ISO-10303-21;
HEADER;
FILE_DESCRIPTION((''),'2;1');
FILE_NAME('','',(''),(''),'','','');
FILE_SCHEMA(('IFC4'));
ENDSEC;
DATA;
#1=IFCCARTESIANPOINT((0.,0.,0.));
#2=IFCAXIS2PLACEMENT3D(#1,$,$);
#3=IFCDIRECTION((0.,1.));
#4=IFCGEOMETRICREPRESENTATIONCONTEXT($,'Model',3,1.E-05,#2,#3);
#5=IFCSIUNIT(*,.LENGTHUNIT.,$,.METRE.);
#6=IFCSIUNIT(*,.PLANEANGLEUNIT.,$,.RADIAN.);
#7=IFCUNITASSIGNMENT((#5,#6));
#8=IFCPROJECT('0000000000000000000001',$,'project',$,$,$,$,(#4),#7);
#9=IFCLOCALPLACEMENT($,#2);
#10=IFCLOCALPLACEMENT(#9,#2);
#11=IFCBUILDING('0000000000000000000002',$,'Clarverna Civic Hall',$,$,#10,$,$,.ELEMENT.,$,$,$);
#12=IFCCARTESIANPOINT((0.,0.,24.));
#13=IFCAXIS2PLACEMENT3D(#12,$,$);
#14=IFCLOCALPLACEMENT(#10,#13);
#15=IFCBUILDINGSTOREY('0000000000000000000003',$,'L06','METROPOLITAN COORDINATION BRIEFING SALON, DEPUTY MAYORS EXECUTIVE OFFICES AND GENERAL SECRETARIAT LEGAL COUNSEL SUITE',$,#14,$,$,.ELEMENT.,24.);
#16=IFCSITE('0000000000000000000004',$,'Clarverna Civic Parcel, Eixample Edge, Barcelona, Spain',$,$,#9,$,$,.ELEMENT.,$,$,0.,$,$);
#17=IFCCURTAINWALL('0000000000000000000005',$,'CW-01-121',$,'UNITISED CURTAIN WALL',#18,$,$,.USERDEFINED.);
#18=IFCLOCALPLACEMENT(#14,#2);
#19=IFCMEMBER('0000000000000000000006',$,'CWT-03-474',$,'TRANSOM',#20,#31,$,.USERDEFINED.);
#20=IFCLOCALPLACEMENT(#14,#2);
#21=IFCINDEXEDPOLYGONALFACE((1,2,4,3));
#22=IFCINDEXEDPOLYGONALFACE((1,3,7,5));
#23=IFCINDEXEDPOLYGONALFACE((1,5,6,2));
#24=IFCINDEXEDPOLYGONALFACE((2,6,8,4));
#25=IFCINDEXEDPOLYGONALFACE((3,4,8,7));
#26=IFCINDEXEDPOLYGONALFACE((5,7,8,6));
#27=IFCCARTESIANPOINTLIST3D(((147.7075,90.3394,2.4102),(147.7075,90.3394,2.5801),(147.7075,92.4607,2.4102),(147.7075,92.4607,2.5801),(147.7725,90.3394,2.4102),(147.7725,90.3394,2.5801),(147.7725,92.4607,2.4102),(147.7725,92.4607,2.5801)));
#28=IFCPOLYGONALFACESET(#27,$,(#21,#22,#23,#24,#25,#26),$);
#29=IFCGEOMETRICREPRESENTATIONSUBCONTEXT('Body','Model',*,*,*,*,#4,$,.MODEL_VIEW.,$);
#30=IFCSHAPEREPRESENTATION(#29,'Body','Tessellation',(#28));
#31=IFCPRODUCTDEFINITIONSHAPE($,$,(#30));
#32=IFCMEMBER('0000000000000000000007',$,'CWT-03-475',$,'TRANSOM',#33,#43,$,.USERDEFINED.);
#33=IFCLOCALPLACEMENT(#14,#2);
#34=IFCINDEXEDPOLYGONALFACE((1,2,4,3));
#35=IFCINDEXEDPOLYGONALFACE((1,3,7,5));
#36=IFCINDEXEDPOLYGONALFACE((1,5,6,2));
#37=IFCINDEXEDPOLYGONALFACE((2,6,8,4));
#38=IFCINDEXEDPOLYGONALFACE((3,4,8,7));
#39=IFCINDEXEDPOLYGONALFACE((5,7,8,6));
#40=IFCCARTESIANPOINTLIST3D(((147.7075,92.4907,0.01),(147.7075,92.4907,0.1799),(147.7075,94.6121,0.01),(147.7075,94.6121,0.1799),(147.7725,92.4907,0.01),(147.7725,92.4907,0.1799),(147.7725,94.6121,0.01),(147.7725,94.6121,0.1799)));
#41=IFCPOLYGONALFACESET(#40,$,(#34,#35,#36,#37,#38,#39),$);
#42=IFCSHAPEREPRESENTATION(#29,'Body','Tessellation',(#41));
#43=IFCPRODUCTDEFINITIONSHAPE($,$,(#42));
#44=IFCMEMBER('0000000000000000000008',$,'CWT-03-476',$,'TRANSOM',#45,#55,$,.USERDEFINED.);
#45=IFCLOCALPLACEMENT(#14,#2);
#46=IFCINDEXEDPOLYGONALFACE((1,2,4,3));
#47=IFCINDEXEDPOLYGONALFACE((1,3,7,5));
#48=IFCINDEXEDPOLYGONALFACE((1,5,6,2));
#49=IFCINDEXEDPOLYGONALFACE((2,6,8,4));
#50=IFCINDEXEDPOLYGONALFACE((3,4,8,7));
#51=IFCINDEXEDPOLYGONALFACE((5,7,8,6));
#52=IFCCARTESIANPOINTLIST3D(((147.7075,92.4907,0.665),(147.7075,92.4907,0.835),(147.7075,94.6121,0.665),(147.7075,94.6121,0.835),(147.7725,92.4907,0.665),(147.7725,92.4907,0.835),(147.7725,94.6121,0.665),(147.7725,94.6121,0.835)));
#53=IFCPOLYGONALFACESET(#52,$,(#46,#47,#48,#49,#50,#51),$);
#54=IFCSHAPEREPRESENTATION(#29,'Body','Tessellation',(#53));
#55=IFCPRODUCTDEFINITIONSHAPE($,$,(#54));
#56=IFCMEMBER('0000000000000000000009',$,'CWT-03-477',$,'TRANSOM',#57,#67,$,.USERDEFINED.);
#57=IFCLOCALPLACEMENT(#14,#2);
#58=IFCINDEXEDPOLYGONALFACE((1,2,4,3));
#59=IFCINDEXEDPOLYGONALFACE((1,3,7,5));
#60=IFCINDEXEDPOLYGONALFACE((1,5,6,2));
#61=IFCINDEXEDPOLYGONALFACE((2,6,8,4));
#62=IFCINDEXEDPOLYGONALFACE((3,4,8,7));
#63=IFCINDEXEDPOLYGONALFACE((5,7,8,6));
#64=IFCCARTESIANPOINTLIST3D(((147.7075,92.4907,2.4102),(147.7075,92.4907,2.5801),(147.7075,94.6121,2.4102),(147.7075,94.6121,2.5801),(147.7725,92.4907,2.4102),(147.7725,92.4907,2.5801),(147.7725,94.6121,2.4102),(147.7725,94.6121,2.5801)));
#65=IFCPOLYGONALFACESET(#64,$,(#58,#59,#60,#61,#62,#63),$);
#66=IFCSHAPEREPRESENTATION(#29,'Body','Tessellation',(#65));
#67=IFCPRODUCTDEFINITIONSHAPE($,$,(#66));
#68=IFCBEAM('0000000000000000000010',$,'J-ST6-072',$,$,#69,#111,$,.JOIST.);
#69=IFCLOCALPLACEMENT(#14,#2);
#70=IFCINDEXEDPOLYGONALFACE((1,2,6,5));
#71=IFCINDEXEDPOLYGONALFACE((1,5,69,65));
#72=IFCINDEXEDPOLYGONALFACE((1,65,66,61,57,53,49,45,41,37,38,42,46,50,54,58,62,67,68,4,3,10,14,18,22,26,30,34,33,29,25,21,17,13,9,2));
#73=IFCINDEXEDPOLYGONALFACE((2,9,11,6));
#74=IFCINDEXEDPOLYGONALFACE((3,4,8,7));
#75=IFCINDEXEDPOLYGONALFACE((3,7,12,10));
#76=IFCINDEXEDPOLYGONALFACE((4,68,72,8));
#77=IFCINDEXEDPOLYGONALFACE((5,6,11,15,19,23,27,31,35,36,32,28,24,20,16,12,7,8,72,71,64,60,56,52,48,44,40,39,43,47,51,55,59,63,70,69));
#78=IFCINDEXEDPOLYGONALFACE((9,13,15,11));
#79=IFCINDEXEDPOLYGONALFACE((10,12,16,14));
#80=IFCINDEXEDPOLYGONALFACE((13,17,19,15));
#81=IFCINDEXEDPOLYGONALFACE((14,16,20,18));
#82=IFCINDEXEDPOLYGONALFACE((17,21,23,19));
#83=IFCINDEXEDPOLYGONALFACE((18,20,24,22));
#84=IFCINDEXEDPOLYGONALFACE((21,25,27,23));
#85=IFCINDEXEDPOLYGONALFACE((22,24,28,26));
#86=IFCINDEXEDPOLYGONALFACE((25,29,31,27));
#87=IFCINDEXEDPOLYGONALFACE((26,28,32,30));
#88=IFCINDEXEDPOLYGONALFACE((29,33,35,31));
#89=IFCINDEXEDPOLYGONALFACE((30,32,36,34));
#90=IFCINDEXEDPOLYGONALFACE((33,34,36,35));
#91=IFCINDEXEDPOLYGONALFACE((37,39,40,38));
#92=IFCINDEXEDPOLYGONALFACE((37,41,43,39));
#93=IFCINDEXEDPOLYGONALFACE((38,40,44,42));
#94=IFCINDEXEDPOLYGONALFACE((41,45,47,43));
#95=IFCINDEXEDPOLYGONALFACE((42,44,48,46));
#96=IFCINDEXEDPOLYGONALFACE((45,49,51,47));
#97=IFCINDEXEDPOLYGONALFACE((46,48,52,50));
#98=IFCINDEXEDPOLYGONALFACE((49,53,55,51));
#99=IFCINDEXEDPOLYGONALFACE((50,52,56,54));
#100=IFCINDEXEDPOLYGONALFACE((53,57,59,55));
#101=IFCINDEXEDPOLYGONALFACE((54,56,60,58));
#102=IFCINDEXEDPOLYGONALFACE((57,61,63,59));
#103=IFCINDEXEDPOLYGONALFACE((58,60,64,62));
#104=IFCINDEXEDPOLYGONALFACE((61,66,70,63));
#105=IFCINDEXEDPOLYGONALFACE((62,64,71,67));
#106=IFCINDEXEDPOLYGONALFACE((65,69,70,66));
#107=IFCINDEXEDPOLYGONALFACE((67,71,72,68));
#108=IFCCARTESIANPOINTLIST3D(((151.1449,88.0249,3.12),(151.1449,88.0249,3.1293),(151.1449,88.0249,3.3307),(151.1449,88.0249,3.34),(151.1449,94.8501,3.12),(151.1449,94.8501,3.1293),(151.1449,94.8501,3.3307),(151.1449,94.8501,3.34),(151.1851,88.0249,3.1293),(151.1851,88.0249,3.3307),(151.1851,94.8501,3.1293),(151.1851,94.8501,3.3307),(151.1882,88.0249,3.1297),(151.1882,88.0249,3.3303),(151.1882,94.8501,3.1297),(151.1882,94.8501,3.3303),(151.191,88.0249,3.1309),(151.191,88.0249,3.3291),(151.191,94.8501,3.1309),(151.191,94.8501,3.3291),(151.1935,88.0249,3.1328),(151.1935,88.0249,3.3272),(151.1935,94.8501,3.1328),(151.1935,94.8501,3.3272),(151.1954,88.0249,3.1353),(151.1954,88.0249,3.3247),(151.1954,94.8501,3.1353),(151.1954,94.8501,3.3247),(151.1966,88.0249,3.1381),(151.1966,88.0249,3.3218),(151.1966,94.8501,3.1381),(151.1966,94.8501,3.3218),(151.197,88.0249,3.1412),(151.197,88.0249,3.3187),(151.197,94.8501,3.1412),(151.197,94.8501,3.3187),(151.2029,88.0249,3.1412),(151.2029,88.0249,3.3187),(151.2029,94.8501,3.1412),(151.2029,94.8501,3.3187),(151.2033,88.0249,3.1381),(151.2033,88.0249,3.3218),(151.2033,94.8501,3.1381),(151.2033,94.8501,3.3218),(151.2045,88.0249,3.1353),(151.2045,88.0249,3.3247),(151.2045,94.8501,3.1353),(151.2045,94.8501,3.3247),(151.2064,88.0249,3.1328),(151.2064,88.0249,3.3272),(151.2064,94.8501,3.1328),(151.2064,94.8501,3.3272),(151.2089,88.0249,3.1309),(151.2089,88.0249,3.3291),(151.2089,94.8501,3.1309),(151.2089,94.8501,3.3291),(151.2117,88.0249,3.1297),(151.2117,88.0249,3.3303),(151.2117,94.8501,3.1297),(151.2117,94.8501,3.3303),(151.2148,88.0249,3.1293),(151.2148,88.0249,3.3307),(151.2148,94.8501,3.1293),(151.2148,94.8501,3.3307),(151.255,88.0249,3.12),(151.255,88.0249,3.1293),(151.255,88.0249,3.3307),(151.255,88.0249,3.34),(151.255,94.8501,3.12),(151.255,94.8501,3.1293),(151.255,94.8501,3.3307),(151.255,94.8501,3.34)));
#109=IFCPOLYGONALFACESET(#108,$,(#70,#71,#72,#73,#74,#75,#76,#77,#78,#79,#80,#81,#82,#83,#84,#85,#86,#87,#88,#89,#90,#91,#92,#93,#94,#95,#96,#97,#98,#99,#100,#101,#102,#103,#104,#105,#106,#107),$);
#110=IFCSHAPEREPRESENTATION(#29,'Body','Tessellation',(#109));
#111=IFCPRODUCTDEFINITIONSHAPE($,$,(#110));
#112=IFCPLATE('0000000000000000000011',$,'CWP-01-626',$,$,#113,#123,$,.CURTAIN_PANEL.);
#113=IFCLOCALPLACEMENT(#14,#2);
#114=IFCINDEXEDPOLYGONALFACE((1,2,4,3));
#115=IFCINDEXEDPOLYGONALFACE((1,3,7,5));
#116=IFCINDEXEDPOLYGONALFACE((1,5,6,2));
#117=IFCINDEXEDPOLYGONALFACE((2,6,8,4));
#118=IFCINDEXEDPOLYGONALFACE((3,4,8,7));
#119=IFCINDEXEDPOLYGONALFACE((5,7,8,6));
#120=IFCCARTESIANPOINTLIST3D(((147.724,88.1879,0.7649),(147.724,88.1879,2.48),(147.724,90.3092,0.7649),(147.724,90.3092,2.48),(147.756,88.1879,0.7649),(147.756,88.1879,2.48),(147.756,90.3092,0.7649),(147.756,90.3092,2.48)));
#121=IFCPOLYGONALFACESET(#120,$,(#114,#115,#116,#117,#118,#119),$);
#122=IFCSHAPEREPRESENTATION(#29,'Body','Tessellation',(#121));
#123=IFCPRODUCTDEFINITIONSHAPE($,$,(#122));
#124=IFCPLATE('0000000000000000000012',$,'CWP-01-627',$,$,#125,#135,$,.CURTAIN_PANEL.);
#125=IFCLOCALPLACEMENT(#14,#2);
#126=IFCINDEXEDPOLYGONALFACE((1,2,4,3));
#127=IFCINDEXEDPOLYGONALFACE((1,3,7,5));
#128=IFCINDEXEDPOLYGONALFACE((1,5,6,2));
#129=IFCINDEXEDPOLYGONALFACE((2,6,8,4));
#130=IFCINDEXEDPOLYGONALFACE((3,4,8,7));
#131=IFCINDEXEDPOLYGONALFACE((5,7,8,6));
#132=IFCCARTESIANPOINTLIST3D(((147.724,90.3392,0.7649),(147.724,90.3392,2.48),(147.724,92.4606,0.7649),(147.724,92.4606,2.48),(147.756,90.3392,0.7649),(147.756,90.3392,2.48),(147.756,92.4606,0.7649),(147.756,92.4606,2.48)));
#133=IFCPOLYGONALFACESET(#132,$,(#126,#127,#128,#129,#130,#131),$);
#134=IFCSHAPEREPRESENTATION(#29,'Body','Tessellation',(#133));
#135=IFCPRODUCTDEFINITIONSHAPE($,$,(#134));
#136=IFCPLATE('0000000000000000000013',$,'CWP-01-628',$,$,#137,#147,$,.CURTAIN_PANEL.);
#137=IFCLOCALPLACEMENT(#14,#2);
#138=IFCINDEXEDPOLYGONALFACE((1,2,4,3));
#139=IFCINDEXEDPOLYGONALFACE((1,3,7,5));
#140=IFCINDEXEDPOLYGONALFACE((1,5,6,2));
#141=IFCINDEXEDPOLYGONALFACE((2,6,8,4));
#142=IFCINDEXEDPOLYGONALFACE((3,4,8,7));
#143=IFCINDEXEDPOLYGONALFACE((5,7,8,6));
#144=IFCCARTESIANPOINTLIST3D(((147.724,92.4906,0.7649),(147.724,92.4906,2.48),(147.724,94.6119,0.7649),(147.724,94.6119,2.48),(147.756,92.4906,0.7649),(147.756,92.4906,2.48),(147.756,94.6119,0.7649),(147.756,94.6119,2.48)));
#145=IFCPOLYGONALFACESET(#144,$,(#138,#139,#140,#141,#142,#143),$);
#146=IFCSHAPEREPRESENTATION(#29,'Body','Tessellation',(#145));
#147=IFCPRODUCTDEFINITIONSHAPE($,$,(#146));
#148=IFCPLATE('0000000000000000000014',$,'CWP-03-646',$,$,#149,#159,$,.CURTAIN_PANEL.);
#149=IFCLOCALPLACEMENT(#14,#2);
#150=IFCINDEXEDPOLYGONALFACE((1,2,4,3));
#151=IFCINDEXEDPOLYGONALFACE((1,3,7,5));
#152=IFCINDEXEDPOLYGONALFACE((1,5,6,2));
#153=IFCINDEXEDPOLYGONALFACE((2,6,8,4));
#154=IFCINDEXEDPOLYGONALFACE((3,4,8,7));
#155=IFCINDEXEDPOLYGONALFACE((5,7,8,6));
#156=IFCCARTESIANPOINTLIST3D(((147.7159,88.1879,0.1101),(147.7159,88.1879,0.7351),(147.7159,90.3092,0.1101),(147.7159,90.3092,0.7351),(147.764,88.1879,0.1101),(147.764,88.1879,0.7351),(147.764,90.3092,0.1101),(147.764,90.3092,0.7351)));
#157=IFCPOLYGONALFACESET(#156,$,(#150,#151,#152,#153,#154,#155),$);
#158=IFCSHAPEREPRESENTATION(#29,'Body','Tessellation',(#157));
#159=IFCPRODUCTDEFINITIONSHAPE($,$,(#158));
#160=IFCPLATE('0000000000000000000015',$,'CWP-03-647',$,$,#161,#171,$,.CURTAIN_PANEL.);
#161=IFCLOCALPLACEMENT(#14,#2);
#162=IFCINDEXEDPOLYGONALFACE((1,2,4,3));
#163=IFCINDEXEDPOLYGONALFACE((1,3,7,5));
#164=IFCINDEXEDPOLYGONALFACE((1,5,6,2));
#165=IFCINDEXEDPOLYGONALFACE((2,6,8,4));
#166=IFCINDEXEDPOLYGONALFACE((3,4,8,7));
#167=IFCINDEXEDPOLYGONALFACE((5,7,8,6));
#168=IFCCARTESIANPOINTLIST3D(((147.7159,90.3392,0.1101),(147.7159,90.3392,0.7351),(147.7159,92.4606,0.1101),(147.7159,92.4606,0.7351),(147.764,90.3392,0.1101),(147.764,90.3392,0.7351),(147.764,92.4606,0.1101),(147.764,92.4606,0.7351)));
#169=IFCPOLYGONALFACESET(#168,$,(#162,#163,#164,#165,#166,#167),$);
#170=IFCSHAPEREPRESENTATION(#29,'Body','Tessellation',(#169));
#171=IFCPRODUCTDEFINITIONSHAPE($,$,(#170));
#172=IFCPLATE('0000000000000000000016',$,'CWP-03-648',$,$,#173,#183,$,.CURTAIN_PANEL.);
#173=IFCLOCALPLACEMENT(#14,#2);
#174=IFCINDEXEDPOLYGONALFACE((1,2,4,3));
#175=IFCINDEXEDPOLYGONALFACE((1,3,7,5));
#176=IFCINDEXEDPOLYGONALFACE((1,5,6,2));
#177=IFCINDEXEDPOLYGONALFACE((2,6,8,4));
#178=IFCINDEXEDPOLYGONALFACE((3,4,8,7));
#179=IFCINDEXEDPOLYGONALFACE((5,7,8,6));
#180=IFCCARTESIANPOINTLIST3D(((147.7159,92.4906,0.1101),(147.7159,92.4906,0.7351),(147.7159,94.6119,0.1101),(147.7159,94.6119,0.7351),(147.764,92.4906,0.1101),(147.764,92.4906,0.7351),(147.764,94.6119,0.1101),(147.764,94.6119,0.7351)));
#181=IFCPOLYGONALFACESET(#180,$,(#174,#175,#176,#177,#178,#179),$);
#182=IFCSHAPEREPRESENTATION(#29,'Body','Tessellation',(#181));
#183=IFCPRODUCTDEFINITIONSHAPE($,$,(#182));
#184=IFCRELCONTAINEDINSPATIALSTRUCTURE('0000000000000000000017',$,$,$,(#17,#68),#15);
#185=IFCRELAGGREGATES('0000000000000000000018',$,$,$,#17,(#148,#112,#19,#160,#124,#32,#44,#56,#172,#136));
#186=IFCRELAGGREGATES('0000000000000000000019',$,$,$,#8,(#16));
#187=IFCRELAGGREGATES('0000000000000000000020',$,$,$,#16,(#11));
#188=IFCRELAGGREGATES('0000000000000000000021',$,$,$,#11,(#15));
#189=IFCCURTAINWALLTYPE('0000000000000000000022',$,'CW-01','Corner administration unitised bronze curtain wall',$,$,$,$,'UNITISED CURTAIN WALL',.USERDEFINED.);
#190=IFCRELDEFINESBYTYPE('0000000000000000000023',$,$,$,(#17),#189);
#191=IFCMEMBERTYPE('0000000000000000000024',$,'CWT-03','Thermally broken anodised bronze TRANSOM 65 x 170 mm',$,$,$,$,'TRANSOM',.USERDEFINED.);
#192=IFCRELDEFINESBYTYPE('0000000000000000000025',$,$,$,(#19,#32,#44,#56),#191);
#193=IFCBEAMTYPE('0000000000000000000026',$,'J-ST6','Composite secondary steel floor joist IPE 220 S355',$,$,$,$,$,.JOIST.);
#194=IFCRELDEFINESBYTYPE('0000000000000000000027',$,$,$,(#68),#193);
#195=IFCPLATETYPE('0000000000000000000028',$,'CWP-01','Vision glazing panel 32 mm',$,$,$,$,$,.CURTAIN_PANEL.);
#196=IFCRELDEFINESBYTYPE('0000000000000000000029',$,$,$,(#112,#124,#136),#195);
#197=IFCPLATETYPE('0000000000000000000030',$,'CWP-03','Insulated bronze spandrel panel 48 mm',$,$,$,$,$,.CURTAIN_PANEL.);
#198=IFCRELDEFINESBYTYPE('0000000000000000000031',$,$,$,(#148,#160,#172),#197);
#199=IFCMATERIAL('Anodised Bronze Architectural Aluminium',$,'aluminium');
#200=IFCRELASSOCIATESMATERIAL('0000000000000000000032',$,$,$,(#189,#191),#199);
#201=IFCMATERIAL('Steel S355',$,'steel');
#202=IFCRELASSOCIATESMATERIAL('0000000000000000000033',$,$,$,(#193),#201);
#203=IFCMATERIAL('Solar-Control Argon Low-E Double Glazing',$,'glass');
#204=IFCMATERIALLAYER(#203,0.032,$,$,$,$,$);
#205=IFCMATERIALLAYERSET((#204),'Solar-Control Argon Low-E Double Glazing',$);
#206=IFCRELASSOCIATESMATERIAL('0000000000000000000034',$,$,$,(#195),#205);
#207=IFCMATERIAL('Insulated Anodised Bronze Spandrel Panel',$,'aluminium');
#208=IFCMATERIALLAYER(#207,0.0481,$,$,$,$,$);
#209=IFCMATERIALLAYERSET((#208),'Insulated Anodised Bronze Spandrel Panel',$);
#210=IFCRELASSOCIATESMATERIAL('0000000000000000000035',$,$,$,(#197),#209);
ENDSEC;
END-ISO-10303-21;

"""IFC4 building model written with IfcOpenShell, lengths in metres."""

from ifc_helpers import new_model, si_unit, direction, frame, frame_2d, origin, origin_2d, place, context, subcontext, project, spatial, rectangle, i_section, extrude, material, layer, layer_set, material_profile, profile_set, type_object, element, aggregate, save


model = new_model("IFC4")

# Units and contexts
model_context = context("Model", 3, precision=1e-05, world=origin(), true_north=direction((0.0, 1.0)))
body_context = subcontext(model_context, "Body", "Model", "MODEL_VIEW")
ifc_project = project(units=[si_unit("LENGTHUNIT", "METRE"), si_unit("PLANEANGLEUNIT", "RADIAN")], contexts=[model_context])

# Site, building, storey
site_placement = place(None, origin())
site = spatial("IfcSite", under=ifc_project, at=site_placement, Name="Clarverna Civic Parcel, Eixample Edge, Barcelona, Spain", CompositionType="ELEMENT", RefElevation=0.0)
building_placement = place(site_placement, origin())
building = spatial("IfcBuilding", under=site, at=building_placement, Name="Clarverna Civic Hall", CompositionType="ELEMENT")
storey_placement = place(building_placement, frame((0.0, 0.0, 24.0)))
storey = spatial("IfcBuildingStorey", under=building, at=storey_placement, Name="L06", Description="METROPOLITAN COORDINATION BRIEFING SALON, DEPUTY MAYORS EXECUTIVE OFFICES AND GENERAL SECRETARIAT LEGAL COUNSEL SUITE", CompositionType="ELEMENT", Elevation=24.0)

# Shared definitions
ifc_material_1 = material(Name="Steel S355", Category="steel")

# Curtain wall, members
ifc_material_2 = material(Name="Anodised Bronze Architectural Aluminium", Category="aluminium")
curtain_wall_type = type_object("IfcCurtainWallType", Name="CW-01", Description="Corner administration unitised bronze curtain wall", ElementType="UNITISED CURTAIN WALL", PredefinedType="USERDEFINED", material=ifc_material_2)
curtain_wall_placement = place(storey_placement, origin())
curtain_wall = element("IfcCurtainWall", 1, at=curtain_wall_placement, inside=storey, type_object=curtain_wall_type, Name="CW-01-121", ObjectType="UNITISED CURTAIN WALL", PredefinedType="USERDEFINED")
ifc_material_profile_1 = material_profile(ifc_material_2, rectangle(XDim=0.0649, YDim=0.1699, at=origin_2d()), Name="BRONZE 65x170")
ifc_profile_set_1 = profile_set([ifc_material_profile_1], Name="Anodised Bronze Architectural Aluminium")
member_type_1 = type_object("IfcMemberType", Name="CWT-03", Description="Thermally broken anodised bronze TRANSOM 65 x 170 mm", ElementType="TRANSOM", PredefinedType="USERDEFINED", material=ifc_profile_set_1)
member_1_placement = place(storey_placement, frame((147.74, 90.3394, 2.4951), z_axis=(0.0, 1.0, 0.0), x_axis=(-1.0, 0.0, 0.0)))
member_1 = element("IfcMember", 2, at=member_1_placement, type_object=member_type_1, Name="CWT-03-474", ObjectType="TRANSOM", PredefinedType="USERDEFINED", context=body_context, shape_type="SweptSolid", body=[
    extrude(rectangle(XDim=0.0649, YDim=0.1699, at=origin_2d()), origin(), (0.0, 0.0, 1.0), 2.1213),
])
member_2_placement = place(storey_placement, frame((147.74, 92.4907, 0.095), z_axis=(0.0, 1.0, 0.0), x_axis=(-1.0, 0.0, 0.0)))
member_2 = element("IfcMember", 3, at=member_2_placement, type_object=member_type_1, Name="CWT-03-475", ObjectType="TRANSOM", PredefinedType="USERDEFINED", context=body_context, shape_type="SweptSolid", body=[
    extrude(rectangle(XDim=0.0649, YDim=0.1699, at=origin_2d()), origin(), (0.0, 0.0, 1.0), 2.1213),
])
member_3_placement = place(storey_placement, frame((147.74, 92.4907, 0.75), z_axis=(0.0, 1.0, 0.0), x_axis=(-1.0, 0.0, 0.0)))
member_3 = element("IfcMember", 4, at=member_3_placement, type_object=member_type_1, Name="CWT-03-476", ObjectType="TRANSOM", PredefinedType="USERDEFINED", context=body_context, shape_type="SweptSolid", body=[
    extrude(rectangle(XDim=0.0649, YDim=0.1699, at=origin_2d()), origin(), (0.0, 0.0, 1.0), 2.1213),
])
member_4_placement = place(storey_placement, frame((147.74, 92.4907, 2.4951), z_axis=(0.0, 1.0, 0.0), x_axis=(-1.0, 0.0, 0.0)))
member_4 = element("IfcMember", 5, at=member_4_placement, type_object=member_type_1, Name="CWT-03-477", ObjectType="TRANSOM", PredefinedType="USERDEFINED", context=body_context, shape_type="SweptSolid", body=[
    extrude(rectangle(XDim=0.0649, YDim=0.1699, at=origin_2d()), origin(), (0.0, 0.0, 1.0), 2.1213),
])

# Beam
ifc_material_profile_2 = material_profile(ifc_material_1, i_section(OverallWidth=0.1101, OverallDepth=0.22, WebThickness=0.0059, FlangeThickness=0.0093, FilletRadius=0.012, at=origin_2d()), Name="IPE 220")
ifc_profile_set_2 = profile_set([ifc_material_profile_2], Name="Steel S355")
beam_type_1 = type_object("IfcBeamType", Name="J-ST6", Description="Composite secondary steel floor joist IPE 220 S355", PredefinedType="JOIST", material=ifc_profile_set_2)
beam_1_placement = place(storey_placement, frame((151.2, 88.0249, 3.23), z_axis=(0.0, 1.0, 0.0), x_axis=(-1.0, 0.0, 0.0)))
element("IfcBeam", 6, at=beam_1_placement, inside=storey, type_object=beam_type_1, Name="J-ST6-072", PredefinedType="JOIST", context=body_context, shape_type="SweptSolid", body=[
    extrude(i_section(OverallWidth=0.1101, OverallDepth=0.22, WebThickness=0.0059, FlangeThickness=0.0093, FilletRadius=0.012, at=origin_2d()), origin(), (0.0, 0.0, 1.0), 6.8252),
])

# Plates
ifc_material_3 = material(Name="Solar-Control Argon Low-E Double Glazing", Category="glass")
ifc_layer_1 = layer(ifc_material_3, 0.032)
ifc_layer_set_1 = layer_set([ifc_layer_1], Name="Solar-Control Argon Low-E Double Glazing")
plate_type_1 = type_object("IfcPlateType", Name="CWP-01", Description="Vision glazing panel 32 mm", PredefinedType="CURTAIN_PANEL", material=ifc_layer_set_1)
plate_1_placement = place(storey_placement, frame((147.74, 88.188, 0.7649), z_axis=(0.0, 0.0, 1.0), x_axis=(0.0, 1.0, 0.0)))
plate_1 = element("IfcPlate", 7, at=plate_1_placement, type_object=plate_type_1, Name="CWP-01-626", PredefinedType="CURTAIN_PANEL", context=body_context, shape_type="SweptSolid", body=[
    extrude(rectangle(XDim=2.1213, YDim=0.032, at=frame_2d((1.0605, 0.0))), origin(), (0.0, 0.0, 1.0), 1.7151),
])
plate_2_placement = place(storey_placement, frame((147.74, 90.3394, 0.7649), z_axis=(0.0, 0.0, 1.0), x_axis=(0.0, 1.0, 0.0)))
plate_2 = element("IfcPlate", 8, at=plate_2_placement, type_object=plate_type_1, Name="CWP-01-627", PredefinedType="CURTAIN_PANEL", context=body_context, shape_type="SweptSolid", body=[
    extrude(rectangle(XDim=2.1213, YDim=0.032, at=frame_2d((1.0605, 0.0))), origin(), (0.0, 0.0, 1.0), 1.7151),
])
plate_3_placement = place(storey_placement, frame((147.74, 92.4907, 0.7649), z_axis=(0.0, 0.0, 1.0), x_axis=(0.0, 1.0, 0.0)))
plate_3 = element("IfcPlate", 9, at=plate_3_placement, type_object=plate_type_1, Name="CWP-01-628", PredefinedType="CURTAIN_PANEL", context=body_context, shape_type="SweptSolid", body=[
    extrude(rectangle(XDim=2.1213, YDim=0.032, at=frame_2d((1.0605, 0.0))), origin(), (0.0, 0.0, 1.0), 1.7151),
])
ifc_material_4 = material(Name="Insulated Anodised Bronze Spandrel Panel", Category="aluminium")
ifc_layer_2 = layer(ifc_material_4, 0.0481)
ifc_layer_set_2 = layer_set([ifc_layer_2], Name="Insulated Anodised Bronze Spandrel Panel")
plate_type_2 = type_object("IfcPlateType", Name="CWP-03", Description="Insulated bronze spandrel panel 48 mm", PredefinedType="CURTAIN_PANEL", material=ifc_layer_set_2)
plate_4_placement = place(storey_placement, frame((147.74, 88.188, 0.1101), z_axis=(0.0, 0.0, 1.0), x_axis=(0.0, 1.0, 0.0)))
plate_4 = element("IfcPlate", 10, at=plate_4_placement, type_object=plate_type_2, Name="CWP-03-646", PredefinedType="CURTAIN_PANEL", context=body_context, shape_type="SweptSolid", body=[
    extrude(rectangle(XDim=2.1213, YDim=0.0481, at=frame_2d((1.0605, 0.0))), origin(), (0.0, 0.0, 1.0), 0.625),
])
plate_5_placement = place(storey_placement, frame((147.74, 90.3394, 0.1101), z_axis=(0.0, 0.0, 1.0), x_axis=(0.0, 1.0, 0.0)))
plate_5 = element("IfcPlate", 11, at=plate_5_placement, type_object=plate_type_2, Name="CWP-03-647", PredefinedType="CURTAIN_PANEL", context=body_context, shape_type="SweptSolid", body=[
    extrude(rectangle(XDim=2.1213, YDim=0.0481, at=frame_2d((1.0605, 0.0))), origin(), (0.0, 0.0, 1.0), 0.625),
])
plate_6_placement = place(storey_placement, frame((147.74, 92.4907, 0.1101), z_axis=(0.0, 0.0, 1.0), x_axis=(0.0, 1.0, 0.0)))
plate_6 = element("IfcPlate", 12, at=plate_6_placement, type_object=plate_type_2, Name="CWP-03-648", PredefinedType="CURTAIN_PANEL", context=body_context, shape_type="SweptSolid", body=[
    extrude(rectangle(XDim=2.1213, YDim=0.0481, at=frame_2d((1.0605, 0.0))), origin(), (0.0, 0.0, 1.0), 0.625),
])
aggregate(curtain_wall, [plate_4, plate_1, member_1, plate_5, plate_2, member_2, member_3, member_4, plate_6, plate_3])

save(model, "model.ifc")
